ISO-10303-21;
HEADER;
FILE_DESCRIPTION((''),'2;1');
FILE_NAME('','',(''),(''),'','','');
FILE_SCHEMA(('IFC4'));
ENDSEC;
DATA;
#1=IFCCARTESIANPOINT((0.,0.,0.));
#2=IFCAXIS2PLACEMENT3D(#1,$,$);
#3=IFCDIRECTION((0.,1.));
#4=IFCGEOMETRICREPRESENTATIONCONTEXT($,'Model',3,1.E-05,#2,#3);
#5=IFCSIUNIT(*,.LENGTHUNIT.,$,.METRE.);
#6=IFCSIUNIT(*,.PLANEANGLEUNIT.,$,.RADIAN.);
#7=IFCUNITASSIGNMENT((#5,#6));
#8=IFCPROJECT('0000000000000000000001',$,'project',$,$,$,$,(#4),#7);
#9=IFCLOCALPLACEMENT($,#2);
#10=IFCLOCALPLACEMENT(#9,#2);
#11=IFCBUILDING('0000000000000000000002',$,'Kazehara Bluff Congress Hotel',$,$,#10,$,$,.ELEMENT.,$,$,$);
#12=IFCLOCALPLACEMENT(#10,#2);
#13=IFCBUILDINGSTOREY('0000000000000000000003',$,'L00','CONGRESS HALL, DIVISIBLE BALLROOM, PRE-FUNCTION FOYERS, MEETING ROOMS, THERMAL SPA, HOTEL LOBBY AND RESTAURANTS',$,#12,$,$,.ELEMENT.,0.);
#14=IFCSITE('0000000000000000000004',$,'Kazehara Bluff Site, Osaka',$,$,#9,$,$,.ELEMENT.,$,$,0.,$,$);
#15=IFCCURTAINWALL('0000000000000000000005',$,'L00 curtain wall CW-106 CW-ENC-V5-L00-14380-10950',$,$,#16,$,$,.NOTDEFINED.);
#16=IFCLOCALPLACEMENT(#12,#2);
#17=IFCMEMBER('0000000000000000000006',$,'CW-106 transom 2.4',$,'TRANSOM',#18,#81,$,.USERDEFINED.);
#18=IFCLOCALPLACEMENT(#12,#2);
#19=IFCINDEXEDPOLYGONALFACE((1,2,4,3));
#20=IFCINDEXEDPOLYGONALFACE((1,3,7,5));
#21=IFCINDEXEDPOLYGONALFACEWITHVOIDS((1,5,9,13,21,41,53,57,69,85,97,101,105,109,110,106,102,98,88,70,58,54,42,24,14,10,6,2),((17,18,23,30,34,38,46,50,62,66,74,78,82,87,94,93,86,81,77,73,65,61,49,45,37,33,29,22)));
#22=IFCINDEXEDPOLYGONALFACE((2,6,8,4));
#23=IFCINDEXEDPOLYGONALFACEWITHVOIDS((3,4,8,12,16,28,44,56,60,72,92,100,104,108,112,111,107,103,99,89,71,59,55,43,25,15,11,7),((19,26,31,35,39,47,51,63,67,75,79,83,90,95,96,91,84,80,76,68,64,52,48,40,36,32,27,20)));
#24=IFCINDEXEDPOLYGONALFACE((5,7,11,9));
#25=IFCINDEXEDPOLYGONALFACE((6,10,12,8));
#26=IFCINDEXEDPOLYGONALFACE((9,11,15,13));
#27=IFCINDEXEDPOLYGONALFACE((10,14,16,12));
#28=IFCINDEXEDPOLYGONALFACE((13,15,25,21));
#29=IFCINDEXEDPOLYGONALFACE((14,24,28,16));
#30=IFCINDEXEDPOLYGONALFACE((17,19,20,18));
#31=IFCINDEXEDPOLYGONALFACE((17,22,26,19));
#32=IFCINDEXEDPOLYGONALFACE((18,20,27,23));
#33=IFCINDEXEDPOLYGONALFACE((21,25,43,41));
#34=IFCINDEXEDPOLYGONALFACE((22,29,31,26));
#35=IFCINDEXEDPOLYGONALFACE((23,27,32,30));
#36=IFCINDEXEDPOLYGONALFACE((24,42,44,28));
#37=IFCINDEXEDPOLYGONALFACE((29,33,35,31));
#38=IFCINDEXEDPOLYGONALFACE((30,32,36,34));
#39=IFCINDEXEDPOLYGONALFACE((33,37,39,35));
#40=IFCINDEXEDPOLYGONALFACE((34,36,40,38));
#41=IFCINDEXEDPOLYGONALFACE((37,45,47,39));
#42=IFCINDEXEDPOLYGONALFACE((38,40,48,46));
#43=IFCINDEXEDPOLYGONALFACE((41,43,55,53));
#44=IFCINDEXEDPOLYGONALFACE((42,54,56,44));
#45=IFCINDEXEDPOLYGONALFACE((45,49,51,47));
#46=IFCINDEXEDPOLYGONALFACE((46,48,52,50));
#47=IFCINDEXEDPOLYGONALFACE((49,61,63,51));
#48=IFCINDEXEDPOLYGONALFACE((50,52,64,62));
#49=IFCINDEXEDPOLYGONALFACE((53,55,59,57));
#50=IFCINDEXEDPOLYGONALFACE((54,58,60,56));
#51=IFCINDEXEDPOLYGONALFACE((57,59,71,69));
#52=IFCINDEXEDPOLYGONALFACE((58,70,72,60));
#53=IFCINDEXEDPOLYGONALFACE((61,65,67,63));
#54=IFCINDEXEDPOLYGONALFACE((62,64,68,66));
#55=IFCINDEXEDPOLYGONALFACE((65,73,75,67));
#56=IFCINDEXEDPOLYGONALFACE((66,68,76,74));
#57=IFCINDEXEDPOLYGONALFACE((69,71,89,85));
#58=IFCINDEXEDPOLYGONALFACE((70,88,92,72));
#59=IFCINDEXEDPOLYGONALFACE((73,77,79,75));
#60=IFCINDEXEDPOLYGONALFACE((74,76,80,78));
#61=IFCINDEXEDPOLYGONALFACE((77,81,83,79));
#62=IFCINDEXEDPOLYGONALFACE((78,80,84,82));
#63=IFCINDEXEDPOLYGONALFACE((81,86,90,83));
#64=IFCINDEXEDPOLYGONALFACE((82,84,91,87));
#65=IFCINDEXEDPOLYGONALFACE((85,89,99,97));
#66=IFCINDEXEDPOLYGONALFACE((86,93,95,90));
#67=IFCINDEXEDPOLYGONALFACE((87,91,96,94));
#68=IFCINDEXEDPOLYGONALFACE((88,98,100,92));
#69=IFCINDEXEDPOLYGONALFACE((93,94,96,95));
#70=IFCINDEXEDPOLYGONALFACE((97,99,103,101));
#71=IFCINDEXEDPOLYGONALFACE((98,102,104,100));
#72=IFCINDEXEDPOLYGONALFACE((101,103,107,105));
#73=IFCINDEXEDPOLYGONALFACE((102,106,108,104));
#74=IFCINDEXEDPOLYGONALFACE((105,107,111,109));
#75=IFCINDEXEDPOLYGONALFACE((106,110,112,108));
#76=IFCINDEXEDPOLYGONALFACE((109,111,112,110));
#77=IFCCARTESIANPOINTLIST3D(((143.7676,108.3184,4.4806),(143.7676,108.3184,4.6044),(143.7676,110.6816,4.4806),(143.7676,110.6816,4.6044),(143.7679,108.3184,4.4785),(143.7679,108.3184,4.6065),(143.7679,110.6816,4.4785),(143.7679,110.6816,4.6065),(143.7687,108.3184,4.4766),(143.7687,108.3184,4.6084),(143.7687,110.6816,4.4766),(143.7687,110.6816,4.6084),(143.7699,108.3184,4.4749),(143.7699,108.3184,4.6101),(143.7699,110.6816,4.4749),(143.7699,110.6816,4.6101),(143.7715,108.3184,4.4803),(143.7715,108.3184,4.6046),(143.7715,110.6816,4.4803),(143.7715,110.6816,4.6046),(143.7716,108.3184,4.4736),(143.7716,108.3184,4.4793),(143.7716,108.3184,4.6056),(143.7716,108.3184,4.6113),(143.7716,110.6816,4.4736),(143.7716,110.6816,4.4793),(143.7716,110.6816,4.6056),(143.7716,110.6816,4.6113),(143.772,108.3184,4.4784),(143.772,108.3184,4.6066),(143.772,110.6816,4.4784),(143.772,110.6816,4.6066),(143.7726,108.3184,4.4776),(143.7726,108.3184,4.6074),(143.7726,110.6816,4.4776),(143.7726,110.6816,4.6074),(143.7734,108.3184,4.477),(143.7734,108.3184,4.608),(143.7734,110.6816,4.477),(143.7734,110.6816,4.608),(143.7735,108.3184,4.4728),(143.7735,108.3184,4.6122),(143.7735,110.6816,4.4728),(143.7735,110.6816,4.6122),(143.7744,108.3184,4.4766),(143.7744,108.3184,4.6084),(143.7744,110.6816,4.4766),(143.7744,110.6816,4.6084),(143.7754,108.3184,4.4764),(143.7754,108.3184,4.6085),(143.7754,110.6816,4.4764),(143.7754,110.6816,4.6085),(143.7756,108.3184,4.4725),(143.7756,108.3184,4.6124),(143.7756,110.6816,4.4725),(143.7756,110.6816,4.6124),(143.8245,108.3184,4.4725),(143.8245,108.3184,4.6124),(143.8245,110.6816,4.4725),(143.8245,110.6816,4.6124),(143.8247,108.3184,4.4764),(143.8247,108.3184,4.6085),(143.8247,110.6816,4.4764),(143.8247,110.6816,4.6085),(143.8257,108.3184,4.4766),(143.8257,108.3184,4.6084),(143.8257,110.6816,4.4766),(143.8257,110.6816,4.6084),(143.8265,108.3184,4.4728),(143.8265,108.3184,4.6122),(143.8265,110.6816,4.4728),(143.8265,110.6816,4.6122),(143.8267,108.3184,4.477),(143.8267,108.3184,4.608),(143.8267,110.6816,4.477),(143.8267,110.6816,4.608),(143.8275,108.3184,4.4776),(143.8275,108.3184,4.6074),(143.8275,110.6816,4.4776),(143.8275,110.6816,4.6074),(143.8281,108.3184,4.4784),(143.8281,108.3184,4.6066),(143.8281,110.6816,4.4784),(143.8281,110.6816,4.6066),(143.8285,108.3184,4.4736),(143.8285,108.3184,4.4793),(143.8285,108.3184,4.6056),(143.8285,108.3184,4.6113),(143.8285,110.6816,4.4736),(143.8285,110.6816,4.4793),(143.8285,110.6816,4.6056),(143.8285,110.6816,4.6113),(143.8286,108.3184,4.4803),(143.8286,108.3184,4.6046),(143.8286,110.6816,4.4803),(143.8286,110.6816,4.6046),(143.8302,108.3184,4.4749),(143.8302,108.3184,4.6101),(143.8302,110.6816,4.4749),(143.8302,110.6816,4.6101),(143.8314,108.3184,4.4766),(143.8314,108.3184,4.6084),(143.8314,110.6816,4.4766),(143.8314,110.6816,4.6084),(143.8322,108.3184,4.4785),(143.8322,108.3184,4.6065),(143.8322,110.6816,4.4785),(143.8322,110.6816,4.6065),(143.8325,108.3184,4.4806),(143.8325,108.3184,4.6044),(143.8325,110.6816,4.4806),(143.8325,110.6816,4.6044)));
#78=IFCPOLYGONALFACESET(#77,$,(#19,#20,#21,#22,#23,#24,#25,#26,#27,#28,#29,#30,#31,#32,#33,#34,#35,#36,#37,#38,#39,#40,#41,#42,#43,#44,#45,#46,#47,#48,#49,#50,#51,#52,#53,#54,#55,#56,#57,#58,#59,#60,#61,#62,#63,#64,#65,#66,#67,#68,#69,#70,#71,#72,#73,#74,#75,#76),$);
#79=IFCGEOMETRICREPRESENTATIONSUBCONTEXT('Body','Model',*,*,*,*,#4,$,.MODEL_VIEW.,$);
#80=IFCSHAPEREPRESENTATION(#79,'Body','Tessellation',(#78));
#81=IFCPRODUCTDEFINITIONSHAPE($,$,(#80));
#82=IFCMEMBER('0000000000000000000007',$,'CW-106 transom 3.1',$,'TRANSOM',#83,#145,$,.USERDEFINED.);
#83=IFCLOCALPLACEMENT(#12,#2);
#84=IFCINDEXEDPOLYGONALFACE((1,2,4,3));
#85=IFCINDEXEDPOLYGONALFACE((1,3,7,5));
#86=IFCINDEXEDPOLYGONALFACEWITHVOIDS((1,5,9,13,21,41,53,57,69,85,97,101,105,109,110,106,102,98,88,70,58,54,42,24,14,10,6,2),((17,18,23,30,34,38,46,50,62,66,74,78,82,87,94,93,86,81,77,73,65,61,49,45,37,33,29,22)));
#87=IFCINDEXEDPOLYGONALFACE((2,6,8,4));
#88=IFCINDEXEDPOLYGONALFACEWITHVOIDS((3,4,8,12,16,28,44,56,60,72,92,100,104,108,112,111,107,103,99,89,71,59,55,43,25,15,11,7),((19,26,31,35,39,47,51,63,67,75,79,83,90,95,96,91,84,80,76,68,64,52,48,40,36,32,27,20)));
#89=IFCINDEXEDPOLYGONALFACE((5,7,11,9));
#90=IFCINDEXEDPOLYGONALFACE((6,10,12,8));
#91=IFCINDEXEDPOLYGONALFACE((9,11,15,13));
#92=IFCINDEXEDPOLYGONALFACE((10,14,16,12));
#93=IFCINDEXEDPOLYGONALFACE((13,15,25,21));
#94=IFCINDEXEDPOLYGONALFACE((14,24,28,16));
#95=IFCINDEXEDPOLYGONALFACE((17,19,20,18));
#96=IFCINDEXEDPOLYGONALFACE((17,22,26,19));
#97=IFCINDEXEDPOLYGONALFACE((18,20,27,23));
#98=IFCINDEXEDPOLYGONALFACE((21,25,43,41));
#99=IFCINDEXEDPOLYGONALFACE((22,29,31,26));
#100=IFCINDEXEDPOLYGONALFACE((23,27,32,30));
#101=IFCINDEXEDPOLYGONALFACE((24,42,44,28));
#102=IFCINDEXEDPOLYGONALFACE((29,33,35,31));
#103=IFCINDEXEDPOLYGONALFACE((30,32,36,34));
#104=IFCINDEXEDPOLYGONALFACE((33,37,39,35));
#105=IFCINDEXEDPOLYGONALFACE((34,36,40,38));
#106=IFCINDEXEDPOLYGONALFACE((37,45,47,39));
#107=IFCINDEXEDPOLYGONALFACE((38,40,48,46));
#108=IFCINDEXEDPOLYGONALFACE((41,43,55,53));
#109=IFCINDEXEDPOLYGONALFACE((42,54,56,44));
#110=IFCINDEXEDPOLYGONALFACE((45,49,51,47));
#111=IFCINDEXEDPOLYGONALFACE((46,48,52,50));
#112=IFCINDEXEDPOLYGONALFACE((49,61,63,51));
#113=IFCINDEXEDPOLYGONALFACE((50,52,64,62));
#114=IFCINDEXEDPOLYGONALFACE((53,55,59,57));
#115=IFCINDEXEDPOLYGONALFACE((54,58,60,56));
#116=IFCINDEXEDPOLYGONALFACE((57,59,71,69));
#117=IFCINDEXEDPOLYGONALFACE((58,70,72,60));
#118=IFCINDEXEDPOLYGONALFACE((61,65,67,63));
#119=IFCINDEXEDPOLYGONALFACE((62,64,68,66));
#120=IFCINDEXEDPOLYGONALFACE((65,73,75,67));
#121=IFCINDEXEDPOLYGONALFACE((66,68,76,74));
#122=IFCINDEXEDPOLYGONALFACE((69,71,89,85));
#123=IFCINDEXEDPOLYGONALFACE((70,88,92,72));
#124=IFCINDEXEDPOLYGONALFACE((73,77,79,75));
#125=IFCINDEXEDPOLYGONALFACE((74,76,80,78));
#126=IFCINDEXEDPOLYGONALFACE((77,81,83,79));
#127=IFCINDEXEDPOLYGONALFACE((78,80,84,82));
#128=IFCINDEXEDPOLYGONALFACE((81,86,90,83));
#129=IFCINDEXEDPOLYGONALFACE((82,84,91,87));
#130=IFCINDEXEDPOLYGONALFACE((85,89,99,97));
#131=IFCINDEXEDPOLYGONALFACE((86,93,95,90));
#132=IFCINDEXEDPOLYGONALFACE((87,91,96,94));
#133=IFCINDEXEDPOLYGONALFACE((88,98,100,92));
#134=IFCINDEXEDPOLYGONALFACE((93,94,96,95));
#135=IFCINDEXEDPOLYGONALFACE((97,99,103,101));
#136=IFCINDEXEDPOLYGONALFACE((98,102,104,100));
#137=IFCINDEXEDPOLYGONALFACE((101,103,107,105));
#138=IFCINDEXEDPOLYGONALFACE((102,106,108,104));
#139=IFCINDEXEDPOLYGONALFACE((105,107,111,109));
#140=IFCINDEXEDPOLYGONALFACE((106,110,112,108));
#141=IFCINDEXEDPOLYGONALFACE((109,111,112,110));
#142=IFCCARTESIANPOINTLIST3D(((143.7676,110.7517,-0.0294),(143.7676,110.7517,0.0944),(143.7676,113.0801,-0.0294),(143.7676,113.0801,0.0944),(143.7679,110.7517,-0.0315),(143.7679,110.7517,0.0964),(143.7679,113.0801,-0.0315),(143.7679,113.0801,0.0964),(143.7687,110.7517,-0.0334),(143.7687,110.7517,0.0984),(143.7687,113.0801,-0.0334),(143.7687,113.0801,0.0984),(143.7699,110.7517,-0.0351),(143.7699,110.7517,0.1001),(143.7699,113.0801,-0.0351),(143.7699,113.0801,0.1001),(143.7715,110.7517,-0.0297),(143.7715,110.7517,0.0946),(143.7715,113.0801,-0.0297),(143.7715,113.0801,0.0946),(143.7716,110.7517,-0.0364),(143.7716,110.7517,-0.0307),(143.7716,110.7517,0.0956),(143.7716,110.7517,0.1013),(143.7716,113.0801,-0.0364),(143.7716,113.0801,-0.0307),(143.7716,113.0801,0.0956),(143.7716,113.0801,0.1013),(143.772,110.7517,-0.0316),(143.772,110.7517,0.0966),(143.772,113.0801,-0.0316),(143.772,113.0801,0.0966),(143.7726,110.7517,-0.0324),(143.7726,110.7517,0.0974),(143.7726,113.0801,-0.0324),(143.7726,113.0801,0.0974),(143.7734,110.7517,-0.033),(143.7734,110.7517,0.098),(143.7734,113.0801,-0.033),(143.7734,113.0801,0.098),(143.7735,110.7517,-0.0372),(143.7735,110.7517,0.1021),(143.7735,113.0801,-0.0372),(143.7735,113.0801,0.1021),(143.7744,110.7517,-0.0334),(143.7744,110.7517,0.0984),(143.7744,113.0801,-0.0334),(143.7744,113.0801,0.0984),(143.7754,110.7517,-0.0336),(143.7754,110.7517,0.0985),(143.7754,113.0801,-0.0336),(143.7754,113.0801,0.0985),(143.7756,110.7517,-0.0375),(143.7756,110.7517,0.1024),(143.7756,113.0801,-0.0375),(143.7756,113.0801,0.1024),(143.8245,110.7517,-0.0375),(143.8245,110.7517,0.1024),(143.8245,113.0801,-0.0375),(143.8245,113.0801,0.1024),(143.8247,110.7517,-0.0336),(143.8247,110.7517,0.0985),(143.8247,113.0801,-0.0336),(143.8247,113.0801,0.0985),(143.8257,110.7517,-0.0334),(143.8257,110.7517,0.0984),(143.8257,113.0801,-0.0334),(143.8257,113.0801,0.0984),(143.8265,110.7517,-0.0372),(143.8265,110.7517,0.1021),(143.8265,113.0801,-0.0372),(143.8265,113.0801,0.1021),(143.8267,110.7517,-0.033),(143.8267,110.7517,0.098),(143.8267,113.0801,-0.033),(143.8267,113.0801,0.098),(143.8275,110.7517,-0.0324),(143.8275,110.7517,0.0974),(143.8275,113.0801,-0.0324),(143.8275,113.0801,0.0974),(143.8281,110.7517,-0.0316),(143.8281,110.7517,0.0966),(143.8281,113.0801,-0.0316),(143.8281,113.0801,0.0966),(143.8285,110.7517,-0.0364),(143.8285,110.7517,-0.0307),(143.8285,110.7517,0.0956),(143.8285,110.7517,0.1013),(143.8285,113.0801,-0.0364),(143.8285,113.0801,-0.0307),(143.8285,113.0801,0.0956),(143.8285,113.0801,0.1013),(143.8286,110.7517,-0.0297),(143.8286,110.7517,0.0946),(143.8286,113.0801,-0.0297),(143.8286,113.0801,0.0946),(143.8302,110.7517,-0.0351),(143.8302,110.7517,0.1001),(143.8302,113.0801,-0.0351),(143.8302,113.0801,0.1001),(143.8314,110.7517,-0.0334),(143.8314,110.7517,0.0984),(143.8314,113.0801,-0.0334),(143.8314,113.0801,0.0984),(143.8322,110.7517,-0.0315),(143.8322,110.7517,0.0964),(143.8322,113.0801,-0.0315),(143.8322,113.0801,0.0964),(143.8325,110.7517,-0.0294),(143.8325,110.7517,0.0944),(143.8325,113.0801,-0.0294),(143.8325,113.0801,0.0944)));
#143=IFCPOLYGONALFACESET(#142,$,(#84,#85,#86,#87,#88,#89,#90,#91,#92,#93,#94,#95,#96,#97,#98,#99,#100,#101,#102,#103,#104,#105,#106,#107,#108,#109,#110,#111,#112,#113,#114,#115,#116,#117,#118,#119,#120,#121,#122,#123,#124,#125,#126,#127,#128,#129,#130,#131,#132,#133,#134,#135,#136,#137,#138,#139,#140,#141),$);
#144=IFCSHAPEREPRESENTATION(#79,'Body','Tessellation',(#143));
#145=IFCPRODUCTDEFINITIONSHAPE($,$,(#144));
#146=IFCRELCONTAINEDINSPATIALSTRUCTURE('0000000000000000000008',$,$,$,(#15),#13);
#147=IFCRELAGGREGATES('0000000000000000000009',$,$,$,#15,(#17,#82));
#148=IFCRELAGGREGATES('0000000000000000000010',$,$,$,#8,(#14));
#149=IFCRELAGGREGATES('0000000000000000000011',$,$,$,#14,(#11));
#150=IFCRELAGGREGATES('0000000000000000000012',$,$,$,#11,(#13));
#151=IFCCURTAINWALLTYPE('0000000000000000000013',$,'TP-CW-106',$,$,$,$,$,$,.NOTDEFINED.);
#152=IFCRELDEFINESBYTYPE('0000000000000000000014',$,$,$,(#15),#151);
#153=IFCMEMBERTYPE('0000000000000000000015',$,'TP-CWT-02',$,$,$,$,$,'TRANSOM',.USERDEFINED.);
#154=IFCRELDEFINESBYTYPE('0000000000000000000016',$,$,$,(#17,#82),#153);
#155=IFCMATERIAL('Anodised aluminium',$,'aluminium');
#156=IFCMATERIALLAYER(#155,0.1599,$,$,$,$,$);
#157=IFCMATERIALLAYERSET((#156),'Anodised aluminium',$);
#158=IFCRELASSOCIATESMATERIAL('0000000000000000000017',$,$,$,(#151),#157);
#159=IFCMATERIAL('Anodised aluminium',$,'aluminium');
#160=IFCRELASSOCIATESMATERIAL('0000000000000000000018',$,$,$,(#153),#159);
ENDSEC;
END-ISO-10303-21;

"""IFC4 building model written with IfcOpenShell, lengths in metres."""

from ifc_helpers import new_model, si_unit, direction, frame, origin, origin_2d, place, context, subcontext, project, spatial, hollow_rectangle, extrude, material, layer, layer_set, material_profile, profile_set, type_object, element, aggregate, save


model = new_model("IFC4")

# Units and contexts
model_context = context("Model", 3, precision=1e-05, world=origin(), true_north=direction((0.0, 1.0)))
body_context = subcontext(model_context, "Body", "Model", "MODEL_VIEW")
ifc_project = project(units=[si_unit("LENGTHUNIT", "METRE"), si_unit("PLANEANGLEUNIT", "RADIAN")], contexts=[model_context])

# Site, building, storey
site_placement = place(None, origin())
site = spatial("IfcSite", under=ifc_project, at=site_placement, Name="Kazehara Bluff Site, Osaka", CompositionType="ELEMENT", RefElevation=0.0)
building_placement = place(site_placement, origin())
building = spatial("IfcBuilding", under=site, at=building_placement, Name="Kazehara Bluff Congress Hotel", CompositionType="ELEMENT")
storey_placement = place(building_placement, origin())
storey = spatial("IfcBuildingStorey", under=building, at=storey_placement, Name="L00", Description="CONGRESS HALL, DIVISIBLE BALLROOM, PRE-FUNCTION FOYERS, MEETING ROOMS, THERMAL SPA, HOTEL LOBBY AND RESTAURANTS", CompositionType="ELEMENT", Elevation=0.0)

# Curtain wall
ifc_material_1 = material(Name="Anodised aluminium", Category="aluminium")
ifc_layer_1 = layer(ifc_material_1, 0.1599)
ifc_layer_set_1 = layer_set([ifc_layer_1], Name="Anodised aluminium")
curtain_wall_type_1 = type_object("IfcCurtainWallType", Name="TP-CW-106", PredefinedType="NOTDEFINED", material=ifc_layer_set_1)
curtain_wall_1_placement = place(storey_placement, origin())
curtain_wall_1 = element("IfcCurtainWall", 1, at=curtain_wall_1_placement, inside=storey, type_object=curtain_wall_type_1, Name="L00 curtain wall CW-106 CW-ENC-V5-L00-14380-10950", PredefinedType="NOTDEFINED")

# Members
ifc_material_2 = material(Name="Anodised aluminium", Category="aluminium")
ifc_material_profile_1 = material_profile(ifc_material_2, hollow_rectangle(XDim=0.0649, YDim=0.1399, WallThickness=0.0039, InnerFilletRadius=0.0039, OuterFilletRadius=0.0081, at=origin_2d()))
ifc_profile_set_1 = profile_set([ifc_material_profile_1], Name="Anodised aluminium")
member_type_1 = type_object("IfcMemberType", Name="TP-CWT-02", ElementType="TRANSOM", PredefinedType="USERDEFINED", material=ifc_profile_set_1)
member_1_placement = place(storey_placement, frame((143.8, 108.3184, 4.5425), z_axis=(0.0, 1.0, 0.0), x_axis=(-1.0, 0.0, 0.0)))
member_1 = element("IfcMember", 2, at=member_1_placement, type_object=member_type_1, Name="CW-106 transom 2.4", ObjectType="TRANSOM", PredefinedType="USERDEFINED", context=body_context, shape_type="SweptSolid", body=[
    extrude(hollow_rectangle(XDim=0.0649, YDim=0.1399, WallThickness=0.0039, InnerFilletRadius=0.0039, OuterFilletRadius=0.0081, at=origin_2d()), origin(), (0.0, 0.0, 1.0), 2.3633),
])
member_2_placement = place(storey_placement, frame((143.8, 110.7517, 0.0325), z_axis=(0.0, 1.0, 0.0), x_axis=(-1.0, 0.0, 0.0)))
member_2 = element("IfcMember", 3, at=member_2_placement, type_object=member_type_1, Name="CW-106 transom 3.1", ObjectType="TRANSOM", PredefinedType="USERDEFINED", context=body_context, shape_type="SweptSolid", body=[
    extrude(hollow_rectangle(XDim=0.0649, YDim=0.1399, WallThickness=0.0039, InnerFilletRadius=0.0039, OuterFilletRadius=0.0081, at=origin_2d()), origin(), (0.0, 0.0, 1.0), 2.3284),
])

aggregate(curtain_wall_1, [member_1, member_2])

save(model, "model.ifc")
